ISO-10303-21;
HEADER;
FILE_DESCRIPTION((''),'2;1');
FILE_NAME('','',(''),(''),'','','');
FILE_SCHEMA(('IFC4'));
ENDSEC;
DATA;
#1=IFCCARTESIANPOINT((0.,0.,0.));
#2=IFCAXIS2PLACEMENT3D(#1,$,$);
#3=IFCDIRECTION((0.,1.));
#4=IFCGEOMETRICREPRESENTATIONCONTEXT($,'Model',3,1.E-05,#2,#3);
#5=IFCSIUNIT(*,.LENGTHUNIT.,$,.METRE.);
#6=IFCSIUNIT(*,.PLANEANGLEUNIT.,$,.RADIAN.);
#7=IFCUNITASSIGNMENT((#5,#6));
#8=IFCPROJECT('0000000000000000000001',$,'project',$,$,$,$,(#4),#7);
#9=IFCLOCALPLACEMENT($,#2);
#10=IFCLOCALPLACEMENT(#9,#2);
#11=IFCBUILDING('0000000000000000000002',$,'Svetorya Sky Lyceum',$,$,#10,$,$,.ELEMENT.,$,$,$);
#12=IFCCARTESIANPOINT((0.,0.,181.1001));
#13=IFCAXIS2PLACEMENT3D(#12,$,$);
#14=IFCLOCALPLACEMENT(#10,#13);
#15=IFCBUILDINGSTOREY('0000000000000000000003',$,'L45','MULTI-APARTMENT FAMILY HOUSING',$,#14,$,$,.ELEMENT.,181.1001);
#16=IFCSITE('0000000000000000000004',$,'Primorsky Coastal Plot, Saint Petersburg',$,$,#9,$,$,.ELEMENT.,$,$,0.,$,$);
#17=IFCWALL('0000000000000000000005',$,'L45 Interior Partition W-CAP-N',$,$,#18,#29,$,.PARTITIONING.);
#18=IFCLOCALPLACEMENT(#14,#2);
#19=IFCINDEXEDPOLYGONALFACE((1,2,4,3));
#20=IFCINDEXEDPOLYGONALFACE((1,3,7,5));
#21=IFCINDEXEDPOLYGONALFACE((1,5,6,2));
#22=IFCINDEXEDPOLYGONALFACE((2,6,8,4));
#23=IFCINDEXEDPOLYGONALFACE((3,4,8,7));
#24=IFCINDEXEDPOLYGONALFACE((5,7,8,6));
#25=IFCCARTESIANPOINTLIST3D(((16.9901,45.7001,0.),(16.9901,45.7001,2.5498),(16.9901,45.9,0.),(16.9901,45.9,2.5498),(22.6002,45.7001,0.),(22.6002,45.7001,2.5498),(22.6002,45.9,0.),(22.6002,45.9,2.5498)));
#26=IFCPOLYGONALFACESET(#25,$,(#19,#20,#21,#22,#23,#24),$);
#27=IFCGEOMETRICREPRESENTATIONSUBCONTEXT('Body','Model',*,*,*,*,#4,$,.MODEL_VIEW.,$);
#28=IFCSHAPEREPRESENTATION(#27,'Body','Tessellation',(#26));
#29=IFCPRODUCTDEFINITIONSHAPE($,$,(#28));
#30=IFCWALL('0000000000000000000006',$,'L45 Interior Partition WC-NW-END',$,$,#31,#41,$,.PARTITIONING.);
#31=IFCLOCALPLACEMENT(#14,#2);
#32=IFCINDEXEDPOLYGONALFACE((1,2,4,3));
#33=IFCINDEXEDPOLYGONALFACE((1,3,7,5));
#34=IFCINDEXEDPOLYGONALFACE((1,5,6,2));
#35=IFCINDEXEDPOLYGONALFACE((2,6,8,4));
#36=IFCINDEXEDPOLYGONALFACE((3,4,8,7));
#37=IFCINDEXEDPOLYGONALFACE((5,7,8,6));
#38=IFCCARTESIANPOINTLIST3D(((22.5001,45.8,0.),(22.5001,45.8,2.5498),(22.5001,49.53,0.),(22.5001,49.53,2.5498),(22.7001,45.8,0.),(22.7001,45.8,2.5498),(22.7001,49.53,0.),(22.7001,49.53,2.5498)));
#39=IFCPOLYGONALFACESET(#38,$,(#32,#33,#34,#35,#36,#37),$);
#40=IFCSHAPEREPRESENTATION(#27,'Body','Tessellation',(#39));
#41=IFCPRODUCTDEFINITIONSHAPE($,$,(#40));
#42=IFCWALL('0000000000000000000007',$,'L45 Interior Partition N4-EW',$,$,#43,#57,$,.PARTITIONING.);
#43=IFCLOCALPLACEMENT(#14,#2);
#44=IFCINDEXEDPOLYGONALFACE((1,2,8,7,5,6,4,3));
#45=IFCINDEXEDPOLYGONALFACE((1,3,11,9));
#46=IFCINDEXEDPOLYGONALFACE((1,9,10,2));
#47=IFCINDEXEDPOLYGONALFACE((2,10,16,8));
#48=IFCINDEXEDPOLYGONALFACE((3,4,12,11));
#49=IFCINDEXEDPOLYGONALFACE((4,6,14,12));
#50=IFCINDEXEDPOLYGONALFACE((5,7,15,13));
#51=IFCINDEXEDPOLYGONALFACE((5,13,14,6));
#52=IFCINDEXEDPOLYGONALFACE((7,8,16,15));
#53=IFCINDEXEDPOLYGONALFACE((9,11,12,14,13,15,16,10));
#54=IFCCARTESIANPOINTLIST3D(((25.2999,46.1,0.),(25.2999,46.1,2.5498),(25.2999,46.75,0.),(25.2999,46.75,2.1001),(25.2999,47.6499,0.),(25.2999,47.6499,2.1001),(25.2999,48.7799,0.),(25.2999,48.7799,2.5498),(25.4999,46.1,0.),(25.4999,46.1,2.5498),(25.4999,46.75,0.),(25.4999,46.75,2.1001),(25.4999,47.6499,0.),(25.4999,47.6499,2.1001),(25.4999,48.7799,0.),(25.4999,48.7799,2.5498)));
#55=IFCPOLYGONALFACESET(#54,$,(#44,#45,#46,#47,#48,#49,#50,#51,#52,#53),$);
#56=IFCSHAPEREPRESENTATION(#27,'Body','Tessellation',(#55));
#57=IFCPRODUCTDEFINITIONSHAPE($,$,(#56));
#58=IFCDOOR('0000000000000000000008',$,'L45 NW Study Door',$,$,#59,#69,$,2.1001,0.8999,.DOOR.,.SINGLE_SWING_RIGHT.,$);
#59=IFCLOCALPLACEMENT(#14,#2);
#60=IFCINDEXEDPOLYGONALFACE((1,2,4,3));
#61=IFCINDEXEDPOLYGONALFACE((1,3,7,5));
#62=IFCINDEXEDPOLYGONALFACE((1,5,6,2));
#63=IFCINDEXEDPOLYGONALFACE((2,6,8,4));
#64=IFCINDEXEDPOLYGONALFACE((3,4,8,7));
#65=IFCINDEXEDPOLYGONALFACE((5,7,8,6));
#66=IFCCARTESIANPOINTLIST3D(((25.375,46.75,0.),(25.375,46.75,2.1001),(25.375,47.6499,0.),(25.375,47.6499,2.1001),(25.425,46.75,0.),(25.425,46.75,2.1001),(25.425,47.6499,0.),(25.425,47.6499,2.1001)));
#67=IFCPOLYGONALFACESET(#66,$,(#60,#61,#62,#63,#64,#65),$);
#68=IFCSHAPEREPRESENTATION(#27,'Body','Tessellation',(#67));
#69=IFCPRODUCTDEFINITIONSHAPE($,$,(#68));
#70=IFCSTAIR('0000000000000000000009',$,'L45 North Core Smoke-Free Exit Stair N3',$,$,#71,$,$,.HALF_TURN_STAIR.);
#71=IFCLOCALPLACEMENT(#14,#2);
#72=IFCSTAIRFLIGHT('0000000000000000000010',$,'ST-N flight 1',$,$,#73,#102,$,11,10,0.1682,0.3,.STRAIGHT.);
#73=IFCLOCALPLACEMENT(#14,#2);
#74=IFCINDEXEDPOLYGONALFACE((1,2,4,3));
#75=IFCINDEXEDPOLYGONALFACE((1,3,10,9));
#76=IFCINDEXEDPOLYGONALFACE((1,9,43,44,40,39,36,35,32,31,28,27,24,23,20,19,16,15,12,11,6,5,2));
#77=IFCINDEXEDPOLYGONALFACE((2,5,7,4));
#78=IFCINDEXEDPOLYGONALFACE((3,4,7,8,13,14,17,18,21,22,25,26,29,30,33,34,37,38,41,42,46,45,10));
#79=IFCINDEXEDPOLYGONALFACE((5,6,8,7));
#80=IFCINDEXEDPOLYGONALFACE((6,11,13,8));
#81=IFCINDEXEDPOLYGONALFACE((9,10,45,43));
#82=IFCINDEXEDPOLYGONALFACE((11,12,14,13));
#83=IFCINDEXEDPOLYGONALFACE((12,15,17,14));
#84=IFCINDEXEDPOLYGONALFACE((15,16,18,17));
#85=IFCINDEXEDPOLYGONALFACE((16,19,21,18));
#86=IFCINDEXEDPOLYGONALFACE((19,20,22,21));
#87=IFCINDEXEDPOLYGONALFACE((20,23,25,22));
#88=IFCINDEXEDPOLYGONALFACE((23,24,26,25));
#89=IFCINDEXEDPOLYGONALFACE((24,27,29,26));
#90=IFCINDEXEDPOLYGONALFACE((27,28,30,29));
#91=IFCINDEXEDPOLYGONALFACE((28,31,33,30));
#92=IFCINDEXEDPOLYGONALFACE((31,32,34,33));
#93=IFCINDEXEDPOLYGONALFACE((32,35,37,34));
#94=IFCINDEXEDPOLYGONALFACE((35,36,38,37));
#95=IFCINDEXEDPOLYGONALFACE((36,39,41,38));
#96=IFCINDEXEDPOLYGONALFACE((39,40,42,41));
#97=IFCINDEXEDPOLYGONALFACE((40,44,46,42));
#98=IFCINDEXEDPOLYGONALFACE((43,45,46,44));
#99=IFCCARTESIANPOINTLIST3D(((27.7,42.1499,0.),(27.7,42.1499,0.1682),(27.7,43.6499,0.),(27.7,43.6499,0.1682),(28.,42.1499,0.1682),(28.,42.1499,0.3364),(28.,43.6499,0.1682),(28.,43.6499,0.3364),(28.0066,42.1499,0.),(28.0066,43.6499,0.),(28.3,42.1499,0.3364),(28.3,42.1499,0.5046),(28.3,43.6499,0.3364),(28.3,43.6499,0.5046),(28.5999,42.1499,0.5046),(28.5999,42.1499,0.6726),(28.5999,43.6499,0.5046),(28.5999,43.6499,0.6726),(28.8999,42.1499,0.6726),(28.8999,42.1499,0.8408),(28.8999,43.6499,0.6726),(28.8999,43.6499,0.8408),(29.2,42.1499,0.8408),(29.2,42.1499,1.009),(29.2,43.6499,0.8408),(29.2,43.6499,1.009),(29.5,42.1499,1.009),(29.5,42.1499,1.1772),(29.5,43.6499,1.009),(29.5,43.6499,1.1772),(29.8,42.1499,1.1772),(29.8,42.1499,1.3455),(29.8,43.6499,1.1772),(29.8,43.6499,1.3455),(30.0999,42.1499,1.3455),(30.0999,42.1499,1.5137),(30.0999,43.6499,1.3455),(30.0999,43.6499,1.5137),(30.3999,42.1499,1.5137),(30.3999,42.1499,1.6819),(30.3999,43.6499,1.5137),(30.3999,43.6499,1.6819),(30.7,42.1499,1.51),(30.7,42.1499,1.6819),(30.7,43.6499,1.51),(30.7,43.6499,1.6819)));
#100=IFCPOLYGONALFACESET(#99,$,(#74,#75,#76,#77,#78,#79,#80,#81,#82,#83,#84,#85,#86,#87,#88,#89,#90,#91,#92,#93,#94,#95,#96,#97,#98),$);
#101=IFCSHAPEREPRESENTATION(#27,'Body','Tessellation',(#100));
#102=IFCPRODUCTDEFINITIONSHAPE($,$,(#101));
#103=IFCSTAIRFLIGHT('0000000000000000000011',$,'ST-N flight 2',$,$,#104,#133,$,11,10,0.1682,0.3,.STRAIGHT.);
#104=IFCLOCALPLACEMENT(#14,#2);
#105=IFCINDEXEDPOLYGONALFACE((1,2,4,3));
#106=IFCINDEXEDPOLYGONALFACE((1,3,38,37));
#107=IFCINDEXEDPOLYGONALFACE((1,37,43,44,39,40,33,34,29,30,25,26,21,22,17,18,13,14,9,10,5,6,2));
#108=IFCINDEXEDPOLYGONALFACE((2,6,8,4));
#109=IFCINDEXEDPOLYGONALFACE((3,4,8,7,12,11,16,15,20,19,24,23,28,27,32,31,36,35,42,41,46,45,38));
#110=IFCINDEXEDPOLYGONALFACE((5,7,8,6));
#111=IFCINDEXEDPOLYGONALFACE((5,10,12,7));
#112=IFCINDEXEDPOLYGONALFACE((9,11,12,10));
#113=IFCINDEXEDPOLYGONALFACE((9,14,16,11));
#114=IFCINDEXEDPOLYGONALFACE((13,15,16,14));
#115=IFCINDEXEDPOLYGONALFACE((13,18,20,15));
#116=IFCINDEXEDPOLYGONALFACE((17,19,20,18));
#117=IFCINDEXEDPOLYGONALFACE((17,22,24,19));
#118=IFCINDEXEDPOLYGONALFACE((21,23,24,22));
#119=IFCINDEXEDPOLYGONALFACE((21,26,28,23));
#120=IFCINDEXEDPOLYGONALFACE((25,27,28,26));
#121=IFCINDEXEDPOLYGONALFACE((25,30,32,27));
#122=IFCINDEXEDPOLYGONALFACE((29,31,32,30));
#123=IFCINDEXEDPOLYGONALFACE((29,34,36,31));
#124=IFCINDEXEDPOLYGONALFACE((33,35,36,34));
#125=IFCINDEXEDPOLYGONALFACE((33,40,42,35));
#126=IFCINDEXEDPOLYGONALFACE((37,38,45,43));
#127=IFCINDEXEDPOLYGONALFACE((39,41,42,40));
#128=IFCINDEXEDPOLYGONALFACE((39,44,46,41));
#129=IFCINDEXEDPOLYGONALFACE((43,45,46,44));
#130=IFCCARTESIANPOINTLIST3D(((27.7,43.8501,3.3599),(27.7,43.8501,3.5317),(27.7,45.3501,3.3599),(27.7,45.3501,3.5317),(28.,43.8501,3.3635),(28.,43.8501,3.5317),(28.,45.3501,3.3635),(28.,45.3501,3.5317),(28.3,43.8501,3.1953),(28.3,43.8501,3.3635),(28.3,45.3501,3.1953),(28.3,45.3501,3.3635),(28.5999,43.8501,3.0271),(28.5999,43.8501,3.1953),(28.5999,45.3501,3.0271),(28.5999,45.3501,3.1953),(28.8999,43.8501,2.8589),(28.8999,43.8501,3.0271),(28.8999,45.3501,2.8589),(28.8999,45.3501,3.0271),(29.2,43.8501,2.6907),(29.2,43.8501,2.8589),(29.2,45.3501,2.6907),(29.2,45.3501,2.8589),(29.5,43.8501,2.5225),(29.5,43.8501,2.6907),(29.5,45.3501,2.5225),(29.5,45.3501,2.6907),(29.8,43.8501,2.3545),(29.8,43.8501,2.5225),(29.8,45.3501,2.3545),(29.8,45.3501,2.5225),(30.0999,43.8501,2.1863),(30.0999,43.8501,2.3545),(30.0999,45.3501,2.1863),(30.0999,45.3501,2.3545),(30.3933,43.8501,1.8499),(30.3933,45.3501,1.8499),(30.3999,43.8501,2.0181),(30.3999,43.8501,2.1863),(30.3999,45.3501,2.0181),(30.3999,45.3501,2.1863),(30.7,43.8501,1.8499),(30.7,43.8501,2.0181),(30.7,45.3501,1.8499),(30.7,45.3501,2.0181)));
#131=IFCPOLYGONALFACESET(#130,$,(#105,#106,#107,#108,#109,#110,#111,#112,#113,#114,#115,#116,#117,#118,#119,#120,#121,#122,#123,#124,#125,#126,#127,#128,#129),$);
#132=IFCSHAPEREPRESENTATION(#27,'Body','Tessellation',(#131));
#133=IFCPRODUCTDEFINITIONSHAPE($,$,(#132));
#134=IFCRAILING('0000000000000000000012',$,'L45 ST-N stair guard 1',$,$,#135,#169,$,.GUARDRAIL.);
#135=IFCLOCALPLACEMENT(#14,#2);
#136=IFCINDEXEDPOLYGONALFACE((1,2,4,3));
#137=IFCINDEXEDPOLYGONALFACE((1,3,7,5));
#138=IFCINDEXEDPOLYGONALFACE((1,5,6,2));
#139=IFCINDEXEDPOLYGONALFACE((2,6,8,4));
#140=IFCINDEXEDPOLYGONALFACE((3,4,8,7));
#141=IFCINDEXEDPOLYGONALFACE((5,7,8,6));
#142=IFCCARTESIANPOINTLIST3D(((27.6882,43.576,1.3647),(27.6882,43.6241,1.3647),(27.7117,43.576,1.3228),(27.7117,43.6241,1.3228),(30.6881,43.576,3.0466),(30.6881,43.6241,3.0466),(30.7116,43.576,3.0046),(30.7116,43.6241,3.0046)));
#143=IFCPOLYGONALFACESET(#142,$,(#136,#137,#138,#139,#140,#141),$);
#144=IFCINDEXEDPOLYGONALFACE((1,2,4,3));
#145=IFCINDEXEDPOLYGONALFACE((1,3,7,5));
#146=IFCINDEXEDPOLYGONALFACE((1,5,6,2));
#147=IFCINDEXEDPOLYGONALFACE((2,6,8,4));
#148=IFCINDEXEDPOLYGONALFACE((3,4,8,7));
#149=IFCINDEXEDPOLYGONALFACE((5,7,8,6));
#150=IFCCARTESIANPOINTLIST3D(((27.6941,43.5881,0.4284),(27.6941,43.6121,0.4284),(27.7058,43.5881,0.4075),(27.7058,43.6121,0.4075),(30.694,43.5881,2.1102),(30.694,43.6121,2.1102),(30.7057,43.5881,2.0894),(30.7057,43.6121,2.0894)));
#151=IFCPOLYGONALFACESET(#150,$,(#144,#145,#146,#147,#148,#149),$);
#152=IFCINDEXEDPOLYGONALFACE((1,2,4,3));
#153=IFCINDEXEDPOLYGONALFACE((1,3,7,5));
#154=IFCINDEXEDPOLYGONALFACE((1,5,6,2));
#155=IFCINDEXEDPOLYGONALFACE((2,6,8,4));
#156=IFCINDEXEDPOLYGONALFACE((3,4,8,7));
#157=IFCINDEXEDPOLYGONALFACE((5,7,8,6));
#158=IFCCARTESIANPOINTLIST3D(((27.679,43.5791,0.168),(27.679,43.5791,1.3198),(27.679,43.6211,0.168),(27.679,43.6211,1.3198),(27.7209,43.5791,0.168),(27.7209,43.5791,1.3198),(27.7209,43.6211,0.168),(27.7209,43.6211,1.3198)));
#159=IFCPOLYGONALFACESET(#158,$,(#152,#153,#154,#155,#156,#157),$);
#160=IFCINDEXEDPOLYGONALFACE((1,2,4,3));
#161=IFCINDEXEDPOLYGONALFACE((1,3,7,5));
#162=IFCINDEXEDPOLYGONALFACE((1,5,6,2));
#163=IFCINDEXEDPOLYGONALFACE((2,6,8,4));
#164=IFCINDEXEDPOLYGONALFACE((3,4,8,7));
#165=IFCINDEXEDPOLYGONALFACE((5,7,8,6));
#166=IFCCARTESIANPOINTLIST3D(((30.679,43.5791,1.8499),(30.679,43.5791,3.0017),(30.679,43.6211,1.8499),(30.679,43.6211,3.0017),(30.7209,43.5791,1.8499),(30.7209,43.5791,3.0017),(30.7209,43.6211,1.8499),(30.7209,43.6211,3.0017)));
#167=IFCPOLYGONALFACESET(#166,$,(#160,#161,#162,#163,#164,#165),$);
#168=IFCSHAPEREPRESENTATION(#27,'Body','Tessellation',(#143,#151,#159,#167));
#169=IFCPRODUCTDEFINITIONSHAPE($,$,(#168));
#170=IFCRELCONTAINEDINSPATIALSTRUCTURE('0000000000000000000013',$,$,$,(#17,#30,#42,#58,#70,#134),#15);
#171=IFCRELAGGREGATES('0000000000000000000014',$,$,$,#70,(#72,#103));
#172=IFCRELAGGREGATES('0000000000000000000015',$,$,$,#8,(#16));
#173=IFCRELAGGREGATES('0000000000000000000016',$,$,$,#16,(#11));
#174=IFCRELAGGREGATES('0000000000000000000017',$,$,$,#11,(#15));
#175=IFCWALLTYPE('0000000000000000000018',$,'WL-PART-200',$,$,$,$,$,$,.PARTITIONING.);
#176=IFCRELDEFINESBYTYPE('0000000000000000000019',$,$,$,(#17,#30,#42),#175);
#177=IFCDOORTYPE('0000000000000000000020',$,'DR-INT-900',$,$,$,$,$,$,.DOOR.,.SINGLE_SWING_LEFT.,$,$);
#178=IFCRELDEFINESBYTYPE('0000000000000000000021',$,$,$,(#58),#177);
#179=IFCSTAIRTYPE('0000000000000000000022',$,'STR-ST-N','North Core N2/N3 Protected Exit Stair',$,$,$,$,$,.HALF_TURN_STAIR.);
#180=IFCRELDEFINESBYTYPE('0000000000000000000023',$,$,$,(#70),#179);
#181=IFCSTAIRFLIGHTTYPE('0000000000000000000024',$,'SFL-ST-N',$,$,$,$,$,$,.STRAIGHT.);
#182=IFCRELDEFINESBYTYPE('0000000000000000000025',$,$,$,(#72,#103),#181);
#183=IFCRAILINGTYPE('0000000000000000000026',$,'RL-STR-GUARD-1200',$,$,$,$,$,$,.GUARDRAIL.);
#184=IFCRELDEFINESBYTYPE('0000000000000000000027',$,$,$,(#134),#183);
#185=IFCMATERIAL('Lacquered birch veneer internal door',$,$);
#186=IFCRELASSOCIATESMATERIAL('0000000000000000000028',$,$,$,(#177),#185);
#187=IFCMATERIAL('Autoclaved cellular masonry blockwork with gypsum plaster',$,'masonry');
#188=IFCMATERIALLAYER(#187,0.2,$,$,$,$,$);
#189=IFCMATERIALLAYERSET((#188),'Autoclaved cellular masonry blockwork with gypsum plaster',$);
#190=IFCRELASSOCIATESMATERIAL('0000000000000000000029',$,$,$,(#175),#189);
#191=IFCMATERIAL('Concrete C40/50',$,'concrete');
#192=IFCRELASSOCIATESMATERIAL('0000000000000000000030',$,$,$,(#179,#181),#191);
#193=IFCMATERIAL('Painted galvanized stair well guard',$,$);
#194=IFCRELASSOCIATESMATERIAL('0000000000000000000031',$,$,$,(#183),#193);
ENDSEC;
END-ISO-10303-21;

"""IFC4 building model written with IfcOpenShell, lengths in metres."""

from ifc_helpers import new_model, si_unit, direction, frame, frame_2d, origin, origin_2d, place, context, subcontext, project, spatial, polyline, rectangle, outline, extrude, material, layer, layer_set, type_object, element, fill, aggregate, save


model = new_model("IFC4")

# Units and contexts
model_context = context("Model", 3, precision=1e-05, world=origin(), true_north=direction((0.0, 1.0)))
body_context = subcontext(model_context, "Body", "Model", "MODEL_VIEW")
ifc_project = project(units=[si_unit("LENGTHUNIT", "METRE"), si_unit("PLANEANGLEUNIT", "RADIAN")], contexts=[model_context])

# Site, building, storey
site_placement = place(None, origin())
site = spatial("IfcSite", under=ifc_project, at=site_placement, Name="Primorsky Coastal Plot, Saint Petersburg", CompositionType="ELEMENT", RefElevation=0.0)
building_placement = place(site_placement, origin())
building = spatial("IfcBuilding", under=site, at=building_placement, Name="Svetorya Sky Lyceum", CompositionType="ELEMENT")
storey_placement = place(building_placement, frame((0.0, 0.0, 181.1001)))
storey = spatial("IfcBuildingStorey", under=building, at=storey_placement, Name="L45", Description="MULTI-APARTMENT FAMILY HOUSING", CompositionType="ELEMENT", Elevation=181.1001)

# Shared definitions
ifc_material_1 = material(Name="Lacquered birch veneer internal door")
door_type = type_object("IfcDoorType", Name="DR-INT-900", OperationType="SINGLE_SWING_LEFT", PredefinedType="DOOR", material=ifc_material_1)

# Walls
ifc_material_2 = material(Name="Autoclaved cellular masonry blockwork with gypsum plaster", Category="masonry")
ifc_layer_1 = layer(ifc_material_2, 0.2)
ifc_layer_set_1 = layer_set([ifc_layer_1], Name="Autoclaved cellular masonry blockwork with gypsum plaster")
wall_type_1 = type_object("IfcWallType", Name="WL-PART-200", PredefinedType="PARTITIONING", material=ifc_layer_set_1)
wall_1_placement = place(storey_placement, frame((16.99, 45.8, 0.0), z_axis=(0.0, 0.0, 1.0), x_axis=(1.0, 0.0, 0.0)))
element("IfcWall", 1, at=wall_1_placement, inside=storey, type_object=wall_type_1, Name="L45 Interior Partition W-CAP-N", PredefinedType="PARTITIONING", context=body_context, shape_type="SweptSolid", body=[
    extrude(rectangle(XDim=5.6101, YDim=0.2, at=frame_2d((2.8052, 0.0))), origin(), (0.0, 0.0, 1.0), 2.5498),
])
wall_2_placement = place(storey_placement, frame((22.6001, 45.8, 0.0), z_axis=(0.0, 0.0, 1.0), x_axis=(0.0, 1.0, 0.0)))
element("IfcWall", 2, at=wall_2_placement, inside=storey, type_object=wall_type_1, Name="L45 Interior Partition WC-NW-END", PredefinedType="PARTITIONING", context=body_context, shape_type="SweptSolid", body=[
    extrude(rectangle(XDim=3.73, YDim=0.2, at=frame_2d((1.865, 0.0))), origin(), (0.0, 0.0, 1.0), 2.5498),
])

# Wall, opening, door
wall_3_placement = place(storey_placement, frame((25.3999, 46.1001, 0.0), z_axis=(0.0, 0.0, 1.0), x_axis=(0.0, 1.0, 0.0)))
wall_3 = element("IfcWall", 3, at=wall_3_placement, inside=storey, type_object=wall_type_1, Name="L45 Interior Partition N4-EW", PredefinedType="PARTITIONING", context=body_context, shape_type="SweptSolid", body=[
    extrude(rectangle(XDim=2.6799, YDim=0.2, at=frame_2d((1.3398, 0.0))), origin(), (0.0, 0.0, 1.0), 2.5498),
])
opening_1_placement = place(wall_3_placement, frame((0.6499, 0.0, 0.0)))
opening_1 = element("IfcOpeningElement", 4, at=opening_1_placement, cuts=wall_3, PredefinedType="OPENING", context=body_context, shape_type="SweptSolid", body=[
    extrude(rectangle(XDim=0.8999, YDim=2.1001, at=frame_2d((0.45, 1.05))), frame((0.0, 0.1099, 0.0), z_axis=(0.0, -1.0, 0.0), x_axis=(1.0, 0.0, 0.0)), (0.0, 0.0, 1.0), 0.22),
])
door_1_placement = place(opening_1_placement, origin())
door_1 = element("IfcDoor", 5, at=door_1_placement, inside=storey, type_object=door_type, Name="L45 NW Study Door", OperationType="SINGLE_SWING_RIGHT", OverallHeight=2.1001, OverallWidth=0.8999, PredefinedType="DOOR", context=body_context, shape_type="SweptSolid", body=[
    extrude(rectangle(XDim=0.8999, YDim=2.1001, at=frame_2d((0.45, 1.05))), frame((0.0, 0.0249, 0.0), z_axis=(0.0, -1.0, 0.0), x_axis=(1.0, 0.0, 0.0)), (0.0, 0.0, 1.0), 0.05),
])
fill(opening_1, door_1)

# Stair, stair flights
ifc_material_3 = material(Name="Concrete C40/50", Category="concrete")
stair_type = type_object("IfcStairType", Name="STR-ST-N", Description="North Core N2/N3 Protected Exit Stair", PredefinedType="HALF_TURN_STAIR", material=ifc_material_3)
stair_placement = place(storey_placement, origin())
stair = element("IfcStair", 6, at=stair_placement, inside=storey, type_object=stair_type, Name="L45 North Core Smoke-Free Exit Stair N3", PredefinedType="HALF_TURN_STAIR")
stair_flight_type = type_object("IfcStairFlightType", Name="SFL-ST-N", PredefinedType="STRAIGHT", material=ifc_material_3)
stair_flight_1_placement = place(storey_placement, frame((27.7, 42.8999, 0.0), z_axis=(0.0, 0.0, 1.0), x_axis=(1.0, 0.0, 0.0)))
stair_flight_1 = element("IfcStairFlight", 7, at=stair_flight_1_placement, type_object=stair_flight_type, Name="ST-N flight 1", NumberOfRisers=11, NumberOfTreads=10, PredefinedType="STRAIGHT", RiserHeight=0.1682, TreadLength=0.3, context=body_context, shape_type="SweptSolid", body=[
    extrude(outline(polyline([(0.0, 0.0), (0.0, 0.1682), (0.3, 0.1682), (0.3, 0.3364), (0.6001, 0.3364), (0.6001, 0.5046), (0.8999, 0.5046), (0.8999, 0.6726), (1.2, 0.6726), (1.2, 0.8408), (1.5, 0.8408), (1.5, 1.009), (1.8, 1.009), (1.8, 1.1772), (2.1001, 1.1772), (2.1001, 1.3455), (2.3999, 1.3455), (2.3999, 1.5137), (2.7, 1.5137), (2.7, 1.6819), (3.0, 1.6819), (3.0, 1.8501), (3.0, 1.51), (0.3066, 0.0), (0.0, 0.0)])), frame((0.0, 0.75, 0.0), z_axis=(0.0, -1.0, 0.0), x_axis=(1.0, 0.0, 0.0)), (0.0, 0.0, 1.0), 1.5),
])
stair_flight_2_placement = place(storey_placement, frame((30.7, 44.6001, 1.8499), z_axis=(0.0, 0.0, 1.0), x_axis=(-1.0, 0.0, 0.0)))
stair_flight_2 = element("IfcStairFlight", 8, at=stair_flight_2_placement, type_object=stair_flight_type, Name="ST-N flight 2", NumberOfRisers=11, NumberOfTreads=10, PredefinedType="STRAIGHT", RiserHeight=0.1682, TreadLength=0.3, context=body_context, shape_type="SweptSolid", body=[
    extrude(outline(polyline([(0.0, 0.0), (0.0, 0.1682), (0.3, 0.1682), (0.3, 0.3364), (0.6001, 0.3364), (0.6001, 0.5046), (0.8999, 0.5046), (0.8999, 0.6726), (1.2, 0.6726), (1.2, 0.8408), (1.5, 0.8408), (1.5, 1.009), (1.8, 1.009), (1.8, 1.1772), (2.1001, 1.1772), (2.1001, 1.3455), (2.3999, 1.3455), (2.3999, 1.5137), (2.7, 1.5137), (2.7, 1.6819), (3.0, 1.6819), (3.0, 1.8501), (3.0, 1.51), (0.3066, 0.0), (0.0, 0.0)])), frame((0.0, 0.75, 0.0), z_axis=(0.0, -1.0, 0.0), x_axis=(1.0, 0.0, 0.0)), (0.0, 0.0, 1.0), 1.5),
])
aggregate(stair, [stair_flight_1, stair_flight_2])

# Railing
ifc_material_4 = material(Name="Painted galvanized stair well guard")
railing_type_1 = type_object("IfcRailingType", Name="RL-STR-GUARD-1200", PredefinedType="GUARDRAIL", material=ifc_material_4)
railing_1_placement = place(storey_placement, frame((27.7, 43.6001, 0.168)))
element("IfcRailing", 9, at=railing_1_placement, inside=storey, type_object=railing_type_1, Name="L45 ST-N stair guard 1", PredefinedType="GUARDRAIL", context=body_context, shape_type="SweptSolid", body=[
    extrude(rectangle(XDim=0.0481, YDim=0.0481, at=origin_2d()), frame((0.0, 0.0, 1.1758), z_axis=(0.872272, 0.0, 0.48902), x_axis=(0.0, 1.0, 0.0)), (0.0, 0.0, 1.0), 3.4392),
    extrude(rectangle(XDim=0.0239, YDim=0.0239, at=origin_2d()), frame((0.0, 0.0, 0.25), z_axis=(0.872272, 0.0, 0.48902), x_axis=(0.0, 1.0, 0.0)), (0.0, 0.0, 1.0), 3.4392),
    extrude(rectangle(XDim=0.042, YDim=0.042, at=origin_2d()), origin(), (0.0, 0.0, 1.0), 1.1519),
    extrude(rectangle(XDim=0.042, YDim=0.042, at=origin_2d()), frame((3.0, 0.0, 1.6819)), (0.0, 0.0, 1.0), 1.1519),
])

save(model, "model.ifc")
